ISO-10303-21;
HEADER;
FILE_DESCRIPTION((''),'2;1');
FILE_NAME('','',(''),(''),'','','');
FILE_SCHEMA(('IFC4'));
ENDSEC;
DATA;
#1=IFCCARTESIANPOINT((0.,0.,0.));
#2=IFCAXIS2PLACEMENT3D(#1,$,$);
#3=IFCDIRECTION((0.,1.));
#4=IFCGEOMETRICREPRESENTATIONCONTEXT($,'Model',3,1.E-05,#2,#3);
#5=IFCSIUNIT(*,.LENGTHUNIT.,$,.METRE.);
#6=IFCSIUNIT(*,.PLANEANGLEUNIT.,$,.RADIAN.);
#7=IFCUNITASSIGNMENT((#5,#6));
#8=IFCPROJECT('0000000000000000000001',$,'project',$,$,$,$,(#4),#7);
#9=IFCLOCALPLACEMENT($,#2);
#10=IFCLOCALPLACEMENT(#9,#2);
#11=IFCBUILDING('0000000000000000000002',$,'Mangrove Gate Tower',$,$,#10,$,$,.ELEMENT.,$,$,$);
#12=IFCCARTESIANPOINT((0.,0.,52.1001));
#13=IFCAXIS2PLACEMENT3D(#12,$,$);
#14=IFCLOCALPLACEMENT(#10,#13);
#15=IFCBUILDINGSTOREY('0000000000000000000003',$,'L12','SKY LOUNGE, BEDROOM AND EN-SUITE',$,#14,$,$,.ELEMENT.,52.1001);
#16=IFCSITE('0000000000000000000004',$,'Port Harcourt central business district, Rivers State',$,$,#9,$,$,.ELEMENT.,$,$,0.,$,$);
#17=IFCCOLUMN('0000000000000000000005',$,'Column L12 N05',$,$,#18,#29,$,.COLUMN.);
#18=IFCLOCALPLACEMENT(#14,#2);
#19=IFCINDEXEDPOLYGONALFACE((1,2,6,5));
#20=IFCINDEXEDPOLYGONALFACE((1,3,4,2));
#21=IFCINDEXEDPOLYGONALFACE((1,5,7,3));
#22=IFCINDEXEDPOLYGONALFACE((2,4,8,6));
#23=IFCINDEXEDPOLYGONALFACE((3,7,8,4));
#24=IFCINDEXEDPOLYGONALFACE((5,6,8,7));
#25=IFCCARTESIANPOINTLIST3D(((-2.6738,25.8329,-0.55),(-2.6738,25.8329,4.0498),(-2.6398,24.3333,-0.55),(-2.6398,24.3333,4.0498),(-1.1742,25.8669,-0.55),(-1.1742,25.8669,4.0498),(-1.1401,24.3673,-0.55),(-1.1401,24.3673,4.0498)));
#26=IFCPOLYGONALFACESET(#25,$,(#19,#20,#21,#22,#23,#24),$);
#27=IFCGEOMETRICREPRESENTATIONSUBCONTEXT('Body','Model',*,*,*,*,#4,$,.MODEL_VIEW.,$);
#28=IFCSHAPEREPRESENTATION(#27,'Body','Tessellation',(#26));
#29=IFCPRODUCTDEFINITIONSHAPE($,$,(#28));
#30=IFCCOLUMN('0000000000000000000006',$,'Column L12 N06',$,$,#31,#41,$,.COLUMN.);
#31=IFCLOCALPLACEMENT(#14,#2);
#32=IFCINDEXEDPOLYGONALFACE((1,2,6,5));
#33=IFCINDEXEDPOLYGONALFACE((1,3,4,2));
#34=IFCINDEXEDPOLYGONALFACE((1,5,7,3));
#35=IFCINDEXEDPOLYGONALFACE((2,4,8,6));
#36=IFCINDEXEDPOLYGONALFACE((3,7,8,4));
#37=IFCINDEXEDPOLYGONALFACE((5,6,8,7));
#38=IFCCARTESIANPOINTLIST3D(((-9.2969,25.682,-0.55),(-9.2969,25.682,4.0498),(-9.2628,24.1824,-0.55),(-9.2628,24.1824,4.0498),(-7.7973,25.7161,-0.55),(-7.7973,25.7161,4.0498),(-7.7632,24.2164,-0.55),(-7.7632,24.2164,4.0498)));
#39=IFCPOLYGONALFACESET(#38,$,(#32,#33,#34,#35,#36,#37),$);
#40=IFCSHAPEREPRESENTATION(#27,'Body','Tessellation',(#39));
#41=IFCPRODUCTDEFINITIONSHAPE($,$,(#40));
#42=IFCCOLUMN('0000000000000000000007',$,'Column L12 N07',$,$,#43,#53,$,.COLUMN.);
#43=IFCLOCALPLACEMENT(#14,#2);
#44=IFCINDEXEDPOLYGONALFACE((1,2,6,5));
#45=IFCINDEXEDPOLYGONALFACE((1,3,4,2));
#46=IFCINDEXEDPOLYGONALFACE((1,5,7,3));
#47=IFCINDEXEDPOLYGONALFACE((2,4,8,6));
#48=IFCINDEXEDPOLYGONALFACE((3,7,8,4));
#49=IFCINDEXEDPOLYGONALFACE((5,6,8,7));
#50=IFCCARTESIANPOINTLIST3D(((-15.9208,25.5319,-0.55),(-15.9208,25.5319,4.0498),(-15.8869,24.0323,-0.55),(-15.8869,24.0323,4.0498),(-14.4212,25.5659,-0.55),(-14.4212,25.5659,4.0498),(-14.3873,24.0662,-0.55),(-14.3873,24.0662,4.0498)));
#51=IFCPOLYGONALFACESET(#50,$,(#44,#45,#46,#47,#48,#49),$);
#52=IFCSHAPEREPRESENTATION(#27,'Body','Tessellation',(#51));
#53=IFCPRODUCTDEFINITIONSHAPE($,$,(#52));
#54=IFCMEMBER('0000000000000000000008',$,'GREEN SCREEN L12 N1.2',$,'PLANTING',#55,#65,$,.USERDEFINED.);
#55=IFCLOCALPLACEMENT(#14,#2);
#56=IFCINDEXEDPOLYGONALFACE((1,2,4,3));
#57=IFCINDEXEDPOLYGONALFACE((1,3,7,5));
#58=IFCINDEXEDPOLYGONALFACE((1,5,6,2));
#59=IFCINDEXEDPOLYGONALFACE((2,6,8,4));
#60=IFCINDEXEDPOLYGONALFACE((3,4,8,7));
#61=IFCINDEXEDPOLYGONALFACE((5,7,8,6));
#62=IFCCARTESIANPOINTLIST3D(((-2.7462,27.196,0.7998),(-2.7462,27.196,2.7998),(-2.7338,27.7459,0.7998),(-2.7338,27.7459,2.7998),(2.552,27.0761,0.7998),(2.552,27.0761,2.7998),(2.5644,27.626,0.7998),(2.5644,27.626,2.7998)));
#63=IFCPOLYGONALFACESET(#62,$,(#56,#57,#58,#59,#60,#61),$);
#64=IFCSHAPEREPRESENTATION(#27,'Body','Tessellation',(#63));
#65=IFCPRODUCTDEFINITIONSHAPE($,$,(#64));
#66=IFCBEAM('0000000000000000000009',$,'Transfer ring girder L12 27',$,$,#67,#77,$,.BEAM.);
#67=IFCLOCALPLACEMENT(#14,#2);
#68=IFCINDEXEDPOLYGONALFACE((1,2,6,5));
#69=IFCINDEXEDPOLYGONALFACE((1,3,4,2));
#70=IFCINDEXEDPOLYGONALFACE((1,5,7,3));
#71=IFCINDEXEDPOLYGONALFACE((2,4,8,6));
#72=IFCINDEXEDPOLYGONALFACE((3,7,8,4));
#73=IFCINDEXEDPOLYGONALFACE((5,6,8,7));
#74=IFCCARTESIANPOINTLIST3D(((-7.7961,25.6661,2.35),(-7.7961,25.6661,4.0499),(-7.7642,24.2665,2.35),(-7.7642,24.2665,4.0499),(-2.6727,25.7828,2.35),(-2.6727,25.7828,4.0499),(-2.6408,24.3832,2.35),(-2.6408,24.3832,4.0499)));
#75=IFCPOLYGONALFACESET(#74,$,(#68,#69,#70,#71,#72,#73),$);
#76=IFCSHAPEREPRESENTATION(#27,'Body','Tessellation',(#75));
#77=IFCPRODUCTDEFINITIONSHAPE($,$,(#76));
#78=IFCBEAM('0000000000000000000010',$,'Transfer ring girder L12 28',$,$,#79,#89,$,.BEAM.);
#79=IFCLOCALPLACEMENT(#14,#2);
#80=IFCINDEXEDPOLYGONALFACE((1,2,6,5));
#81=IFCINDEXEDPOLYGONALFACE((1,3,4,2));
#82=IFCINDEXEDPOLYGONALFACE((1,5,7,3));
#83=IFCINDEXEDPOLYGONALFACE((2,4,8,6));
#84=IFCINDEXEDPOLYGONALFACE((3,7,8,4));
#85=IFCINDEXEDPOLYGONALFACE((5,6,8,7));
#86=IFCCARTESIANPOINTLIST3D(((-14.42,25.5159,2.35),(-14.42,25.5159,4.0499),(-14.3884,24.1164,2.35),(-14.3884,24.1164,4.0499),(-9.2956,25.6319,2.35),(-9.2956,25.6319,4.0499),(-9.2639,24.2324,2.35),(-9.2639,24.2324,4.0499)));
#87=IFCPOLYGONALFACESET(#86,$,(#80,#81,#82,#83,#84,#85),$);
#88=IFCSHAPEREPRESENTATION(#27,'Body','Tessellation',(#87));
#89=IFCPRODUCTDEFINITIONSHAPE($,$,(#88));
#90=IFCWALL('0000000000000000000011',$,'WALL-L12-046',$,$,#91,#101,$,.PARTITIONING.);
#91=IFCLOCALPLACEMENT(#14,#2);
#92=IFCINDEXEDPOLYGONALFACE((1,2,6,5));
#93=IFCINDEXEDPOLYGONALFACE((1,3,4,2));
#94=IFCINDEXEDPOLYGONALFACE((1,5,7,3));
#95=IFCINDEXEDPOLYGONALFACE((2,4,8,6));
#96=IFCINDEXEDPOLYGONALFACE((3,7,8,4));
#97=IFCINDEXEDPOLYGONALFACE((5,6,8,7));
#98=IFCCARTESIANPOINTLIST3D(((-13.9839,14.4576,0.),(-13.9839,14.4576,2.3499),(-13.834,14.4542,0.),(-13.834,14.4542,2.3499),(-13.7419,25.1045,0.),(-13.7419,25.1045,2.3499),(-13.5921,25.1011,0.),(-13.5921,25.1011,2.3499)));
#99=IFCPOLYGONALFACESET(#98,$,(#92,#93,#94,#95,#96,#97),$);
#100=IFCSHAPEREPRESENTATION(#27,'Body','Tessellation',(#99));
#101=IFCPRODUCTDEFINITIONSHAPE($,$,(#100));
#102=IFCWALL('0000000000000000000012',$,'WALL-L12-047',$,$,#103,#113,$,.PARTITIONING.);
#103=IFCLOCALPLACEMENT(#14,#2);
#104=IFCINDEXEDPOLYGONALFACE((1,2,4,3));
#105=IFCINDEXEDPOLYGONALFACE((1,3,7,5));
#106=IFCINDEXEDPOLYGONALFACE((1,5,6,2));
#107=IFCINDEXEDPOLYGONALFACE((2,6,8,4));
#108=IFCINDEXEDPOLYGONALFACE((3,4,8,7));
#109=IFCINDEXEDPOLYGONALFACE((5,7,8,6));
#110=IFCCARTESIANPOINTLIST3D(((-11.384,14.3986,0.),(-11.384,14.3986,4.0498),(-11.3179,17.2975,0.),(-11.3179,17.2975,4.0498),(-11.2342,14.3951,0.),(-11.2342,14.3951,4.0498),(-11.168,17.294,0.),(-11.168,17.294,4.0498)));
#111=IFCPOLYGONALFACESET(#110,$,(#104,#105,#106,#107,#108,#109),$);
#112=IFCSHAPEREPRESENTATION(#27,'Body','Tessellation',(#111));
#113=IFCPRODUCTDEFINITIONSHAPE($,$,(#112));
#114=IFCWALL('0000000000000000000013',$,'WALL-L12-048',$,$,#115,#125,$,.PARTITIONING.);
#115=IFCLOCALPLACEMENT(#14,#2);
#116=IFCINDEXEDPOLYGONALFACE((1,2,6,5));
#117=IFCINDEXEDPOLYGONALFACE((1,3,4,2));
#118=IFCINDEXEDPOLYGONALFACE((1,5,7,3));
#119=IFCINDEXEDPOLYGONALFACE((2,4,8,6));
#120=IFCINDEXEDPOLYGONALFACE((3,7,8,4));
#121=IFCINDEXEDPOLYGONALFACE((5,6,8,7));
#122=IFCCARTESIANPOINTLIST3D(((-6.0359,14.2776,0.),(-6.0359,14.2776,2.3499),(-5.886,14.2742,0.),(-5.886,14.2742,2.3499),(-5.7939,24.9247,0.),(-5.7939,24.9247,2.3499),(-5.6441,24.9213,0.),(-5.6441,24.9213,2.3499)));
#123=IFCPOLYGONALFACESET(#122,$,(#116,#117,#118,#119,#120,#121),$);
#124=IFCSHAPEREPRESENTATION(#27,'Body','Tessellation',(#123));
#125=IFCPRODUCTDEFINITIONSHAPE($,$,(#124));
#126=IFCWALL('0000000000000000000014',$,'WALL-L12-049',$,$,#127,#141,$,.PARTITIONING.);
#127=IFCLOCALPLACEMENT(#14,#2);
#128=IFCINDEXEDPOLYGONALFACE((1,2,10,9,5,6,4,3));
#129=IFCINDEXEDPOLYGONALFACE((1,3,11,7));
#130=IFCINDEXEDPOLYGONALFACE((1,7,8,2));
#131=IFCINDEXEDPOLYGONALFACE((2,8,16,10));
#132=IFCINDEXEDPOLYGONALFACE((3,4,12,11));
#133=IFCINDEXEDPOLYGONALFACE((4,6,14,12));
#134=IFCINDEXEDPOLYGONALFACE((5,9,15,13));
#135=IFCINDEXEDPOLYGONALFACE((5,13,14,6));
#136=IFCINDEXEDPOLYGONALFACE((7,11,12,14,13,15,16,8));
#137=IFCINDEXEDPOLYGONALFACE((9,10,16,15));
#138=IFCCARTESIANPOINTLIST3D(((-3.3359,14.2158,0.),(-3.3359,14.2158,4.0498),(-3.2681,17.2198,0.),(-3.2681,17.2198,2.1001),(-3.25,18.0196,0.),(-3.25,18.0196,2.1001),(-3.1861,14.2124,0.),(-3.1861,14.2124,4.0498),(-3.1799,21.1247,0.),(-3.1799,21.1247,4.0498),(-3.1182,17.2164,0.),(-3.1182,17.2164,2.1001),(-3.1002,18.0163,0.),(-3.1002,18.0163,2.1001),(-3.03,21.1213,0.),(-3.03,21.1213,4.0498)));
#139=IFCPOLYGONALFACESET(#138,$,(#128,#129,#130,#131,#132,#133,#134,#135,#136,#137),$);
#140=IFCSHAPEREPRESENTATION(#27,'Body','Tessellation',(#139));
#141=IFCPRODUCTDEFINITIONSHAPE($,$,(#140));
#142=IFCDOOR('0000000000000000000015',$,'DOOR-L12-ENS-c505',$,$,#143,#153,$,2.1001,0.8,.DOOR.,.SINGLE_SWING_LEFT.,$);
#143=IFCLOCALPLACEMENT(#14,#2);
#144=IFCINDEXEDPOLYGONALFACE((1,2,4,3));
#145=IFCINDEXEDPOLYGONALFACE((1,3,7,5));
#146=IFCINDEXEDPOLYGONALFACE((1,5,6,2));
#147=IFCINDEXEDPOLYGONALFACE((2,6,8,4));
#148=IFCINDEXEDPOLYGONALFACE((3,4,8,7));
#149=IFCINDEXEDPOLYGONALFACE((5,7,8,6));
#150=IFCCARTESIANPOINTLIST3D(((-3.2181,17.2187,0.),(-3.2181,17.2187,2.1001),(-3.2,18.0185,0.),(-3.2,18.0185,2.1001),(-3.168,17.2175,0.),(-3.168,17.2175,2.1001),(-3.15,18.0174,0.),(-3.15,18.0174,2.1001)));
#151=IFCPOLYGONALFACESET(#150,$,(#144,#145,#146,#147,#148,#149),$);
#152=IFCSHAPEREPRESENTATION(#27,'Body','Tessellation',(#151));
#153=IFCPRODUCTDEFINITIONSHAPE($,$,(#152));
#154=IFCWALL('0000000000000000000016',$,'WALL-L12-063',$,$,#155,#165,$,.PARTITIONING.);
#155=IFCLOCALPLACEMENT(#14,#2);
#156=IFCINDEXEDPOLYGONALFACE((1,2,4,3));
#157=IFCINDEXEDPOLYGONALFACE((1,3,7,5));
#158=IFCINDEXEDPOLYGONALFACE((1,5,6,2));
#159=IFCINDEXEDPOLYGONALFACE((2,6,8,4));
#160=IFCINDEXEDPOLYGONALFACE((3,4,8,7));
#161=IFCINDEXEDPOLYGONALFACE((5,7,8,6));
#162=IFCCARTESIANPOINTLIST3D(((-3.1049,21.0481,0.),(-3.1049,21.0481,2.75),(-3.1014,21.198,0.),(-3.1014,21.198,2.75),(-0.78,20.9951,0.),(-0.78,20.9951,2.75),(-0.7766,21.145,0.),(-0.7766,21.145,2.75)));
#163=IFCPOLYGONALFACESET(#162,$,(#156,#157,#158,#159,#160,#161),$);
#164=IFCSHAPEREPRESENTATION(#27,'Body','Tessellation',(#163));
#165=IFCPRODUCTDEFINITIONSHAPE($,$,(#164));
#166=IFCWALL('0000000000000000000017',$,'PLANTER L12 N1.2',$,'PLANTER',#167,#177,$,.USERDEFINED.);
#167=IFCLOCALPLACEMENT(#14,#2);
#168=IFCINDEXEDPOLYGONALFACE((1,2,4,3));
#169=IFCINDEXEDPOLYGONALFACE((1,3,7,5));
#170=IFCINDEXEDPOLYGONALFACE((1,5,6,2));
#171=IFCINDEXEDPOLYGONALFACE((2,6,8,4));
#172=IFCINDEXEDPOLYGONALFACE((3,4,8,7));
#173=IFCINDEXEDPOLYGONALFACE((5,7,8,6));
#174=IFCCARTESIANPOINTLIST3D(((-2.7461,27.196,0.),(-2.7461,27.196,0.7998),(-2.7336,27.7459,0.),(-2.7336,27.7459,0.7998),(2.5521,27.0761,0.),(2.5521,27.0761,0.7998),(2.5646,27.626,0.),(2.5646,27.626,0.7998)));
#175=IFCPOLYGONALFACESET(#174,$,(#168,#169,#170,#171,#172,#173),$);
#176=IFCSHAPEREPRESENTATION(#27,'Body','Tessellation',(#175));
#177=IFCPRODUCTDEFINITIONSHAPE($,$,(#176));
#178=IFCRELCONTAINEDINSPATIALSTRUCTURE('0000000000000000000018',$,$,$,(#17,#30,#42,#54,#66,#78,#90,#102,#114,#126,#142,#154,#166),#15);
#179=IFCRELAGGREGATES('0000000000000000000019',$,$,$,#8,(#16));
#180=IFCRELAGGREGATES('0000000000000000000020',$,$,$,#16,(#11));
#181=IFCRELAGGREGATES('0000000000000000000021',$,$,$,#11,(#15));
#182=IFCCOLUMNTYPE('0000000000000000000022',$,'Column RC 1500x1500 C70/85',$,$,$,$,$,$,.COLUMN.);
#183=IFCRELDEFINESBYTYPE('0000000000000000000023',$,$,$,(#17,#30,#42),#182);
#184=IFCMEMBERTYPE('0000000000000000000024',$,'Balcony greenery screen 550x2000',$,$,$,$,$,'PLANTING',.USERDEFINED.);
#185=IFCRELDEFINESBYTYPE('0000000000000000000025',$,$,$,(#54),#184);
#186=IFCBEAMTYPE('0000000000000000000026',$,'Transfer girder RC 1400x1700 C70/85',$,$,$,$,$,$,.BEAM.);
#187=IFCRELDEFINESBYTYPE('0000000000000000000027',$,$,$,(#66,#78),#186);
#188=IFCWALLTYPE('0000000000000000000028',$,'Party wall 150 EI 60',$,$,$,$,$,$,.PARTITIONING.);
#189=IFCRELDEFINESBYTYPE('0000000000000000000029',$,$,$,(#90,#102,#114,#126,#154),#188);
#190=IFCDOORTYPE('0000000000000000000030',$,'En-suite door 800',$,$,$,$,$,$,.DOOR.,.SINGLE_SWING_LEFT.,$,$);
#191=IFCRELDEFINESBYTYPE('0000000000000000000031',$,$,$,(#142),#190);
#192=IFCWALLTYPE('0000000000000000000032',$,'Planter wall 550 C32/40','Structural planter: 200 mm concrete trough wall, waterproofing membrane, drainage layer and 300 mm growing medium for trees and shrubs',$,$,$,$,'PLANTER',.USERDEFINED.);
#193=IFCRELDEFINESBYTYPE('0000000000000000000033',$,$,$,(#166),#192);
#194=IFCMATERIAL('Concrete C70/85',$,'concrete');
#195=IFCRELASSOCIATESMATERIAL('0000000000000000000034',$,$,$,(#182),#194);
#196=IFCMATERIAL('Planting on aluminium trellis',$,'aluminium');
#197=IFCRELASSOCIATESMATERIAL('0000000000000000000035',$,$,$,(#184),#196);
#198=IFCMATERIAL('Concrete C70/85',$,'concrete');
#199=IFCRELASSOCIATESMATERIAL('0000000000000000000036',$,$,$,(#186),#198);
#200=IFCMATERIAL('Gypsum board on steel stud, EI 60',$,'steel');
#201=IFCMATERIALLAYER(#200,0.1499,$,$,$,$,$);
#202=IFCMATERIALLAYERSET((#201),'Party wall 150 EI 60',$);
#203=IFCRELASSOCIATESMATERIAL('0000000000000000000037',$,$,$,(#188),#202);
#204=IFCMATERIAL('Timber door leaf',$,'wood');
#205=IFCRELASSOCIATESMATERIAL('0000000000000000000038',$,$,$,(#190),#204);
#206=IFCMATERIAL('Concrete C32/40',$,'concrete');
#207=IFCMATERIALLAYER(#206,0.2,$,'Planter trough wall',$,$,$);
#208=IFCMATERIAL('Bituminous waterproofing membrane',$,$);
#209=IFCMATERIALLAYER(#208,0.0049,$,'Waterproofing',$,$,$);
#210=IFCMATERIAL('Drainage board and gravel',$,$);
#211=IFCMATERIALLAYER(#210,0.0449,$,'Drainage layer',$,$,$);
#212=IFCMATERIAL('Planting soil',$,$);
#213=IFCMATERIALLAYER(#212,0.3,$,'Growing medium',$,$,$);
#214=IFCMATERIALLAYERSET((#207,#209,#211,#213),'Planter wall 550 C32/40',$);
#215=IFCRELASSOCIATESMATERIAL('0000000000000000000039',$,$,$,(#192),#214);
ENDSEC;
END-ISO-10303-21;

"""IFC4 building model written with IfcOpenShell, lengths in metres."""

from ifc_helpers import new_model, si_unit, direction, frame, frame_2d, origin, origin_2d, place, context, subcontext, project, spatial, rectangle, extrude, material, layer, layer_set, material_profile, profile_set, type_object, element, fill, save


model = new_model("IFC4")

# Units and contexts
model_context = context("Model", 3, precision=1e-05, world=origin(), true_north=direction((0.0, 1.0)))
body_context = subcontext(model_context, "Body", "Model", "MODEL_VIEW")
ifc_project = project(units=[si_unit("LENGTHUNIT", "METRE"), si_unit("PLANEANGLEUNIT", "RADIAN")], contexts=[model_context])

# Site, building, storey
site_placement = place(None, origin())
site = spatial("IfcSite", under=ifc_project, at=site_placement, Name="Port Harcourt central business district, Rivers State", CompositionType="ELEMENT", RefElevation=0.0)
building_placement = place(site_placement, origin())
building = spatial("IfcBuilding", under=site, at=building_placement, Name="Mangrove Gate Tower", CompositionType="ELEMENT")
storey_placement = place(building_placement, frame((0.0, 0.0, 52.1001)))
storey = spatial("IfcBuildingStorey", under=building, at=storey_placement, Name="L12", Description="SKY LOUNGE, BEDROOM AND EN-SUITE", CompositionType="ELEMENT", Elevation=52.1001)

# Columns
ifc_material_1 = material(Name="Concrete C70/85", Category="concrete")
ifc_material_profile_1 = material_profile(ifc_material_1, rectangle(XDim=1.5, YDim=1.5, at=origin_2d()))
ifc_profile_set_1 = profile_set([ifc_material_profile_1], Name="Concrete C70/85")
column_type = type_object("IfcColumnType", Name="Column RC 1500x1500 C70/85", PredefinedType="COLUMN", material=ifc_profile_set_1)
for number, where, z_axis, x_axis, name in (
    (1, (-1.907, 25.1001, -0.55), (0.0, 0.0, 1.0), (-0.999742, -0.022718, 0.0), "Column L12 N05"),
    (2, (-8.53, 24.9492, -0.55), (0.0, 0.0, 1.0), (-0.999742, -0.022716, 0.0), "Column L12 N06"),
    (3, (-15.1541, 24.7991, -0.55), (0.0, 0.0, 1.0), (-0.999744, -0.022641, 0.0), "Column L12 N07"),
):
    element("IfcColumn", number, at=place(storey_placement, frame(where, z_axis=z_axis, x_axis=x_axis)), inside=storey, type_object=column_type, Name=name, PredefinedType="COLUMN", context=body_context, shape_type="SweptSolid", body=[
        extrude(rectangle(XDim=1.5, YDim=1.5, at=origin_2d()), origin(), (0.0, 0.0, 1.0), 4.5999),
    ])

# Member
ifc_material_2 = material(Name="Planting on aluminium trellis", Category="aluminium")
ifc_material_profile_2 = material_profile(ifc_material_2, rectangle(XDim=0.55, YDim=2.0, at=origin_2d()))
ifc_profile_set_2 = profile_set([ifc_material_profile_2], Name="Planting on aluminium trellis")
member_type = type_object("IfcMemberType", Name="Balcony greenery screen 550x2000", ElementType="PLANTING", PredefinedType="USERDEFINED", material=ifc_profile_set_2)
member_placement = place(storey_placement, frame((-2.74, 27.4709, 1.7998), z_axis=(0.999744, -0.02262, 0.0), x_axis=(0.02262, 0.999744, 0.0)))
element("IfcMember", 4, at=member_placement, inside=storey, type_object=member_type, Name="GREEN SCREEN L12 N1.2", ObjectType="PLANTING", PredefinedType="USERDEFINED", context=body_context, shape_type="SweptSolid", body=[
    extrude(rectangle(XDim=0.55, YDim=2.0, at=origin_2d()), origin(), (0.0, 0.0, 1.0), 5.2996),
])

# Beams
ifc_material_3 = material(Name="Concrete C70/85", Category="concrete")
ifc_material_profile_3 = material_profile(ifc_material_3, rectangle(XDim=1.3999, YDim=1.7, at=origin_2d()))
ifc_profile_set_3 = profile_set([ifc_material_profile_3], Name="Concrete C70/85")
beam_type = type_object("IfcBeamType", Name="Transfer girder RC 1400x1700 C70/85", PredefinedType="BEAM", material=ifc_profile_set_3)
beam_1_placement = place(storey_placement, frame((-2.6567, 25.083, 3.2), z_axis=(-0.999741, -0.022771, 0.0), x_axis=(0.022771, -0.999741, 0.0)))
element("IfcBeam", 5, at=beam_1_placement, inside=storey, type_object=beam_type, Name="Transfer ring girder L12 27", PredefinedType="BEAM", context=body_context, shape_type="SweptSolid", body=[
    extrude(rectangle(XDim=1.3999, YDim=1.7, at=origin_2d()), origin(), (0.0, 0.0, 1.0), 5.1248),
])
beam_2_placement = place(storey_placement, frame((-9.2798, 24.9321, 3.2), z_axis=(-0.999744, -0.022624, 0.0), x_axis=(0.022624, -0.999744, 0.0)))
element("IfcBeam", 6, at=beam_2_placement, inside=storey, type_object=beam_type, Name="Transfer ring girder L12 28", PredefinedType="BEAM", context=body_context, shape_type="SweptSolid", body=[
    extrude(rectangle(XDim=1.3999, YDim=1.7, at=origin_2d()), origin(), (0.0, 0.0, 1.0), 5.1257),
])

# Walls
ifc_material_4 = material(Name="Gypsum board on steel stud, EI 60", Category="steel")
ifc_layer_1 = layer(ifc_material_4, 0.1499)
ifc_layer_set_1 = layer_set([ifc_layer_1], Name="Party wall 150 EI 60")
wall_type_1 = type_object("IfcWallType", Name="Party wall 150 EI 60", PredefinedType="PARTITIONING", material=ifc_layer_set_1)
wall_1_placement = place(storey_placement, frame((-13.9089, 14.4561, 0.0), z_axis=(0.0, 0.0, 1.0), x_axis=(0.022718, 0.999742, 0.0)))
element("IfcWall", 7, at=wall_1_placement, inside=storey, type_object=wall_type_1, Name="WALL-L12-046", PredefinedType="PARTITIONING", context=body_context, shape_type="SweptSolid", body=[
    extrude(rectangle(XDim=10.6497, YDim=0.1499, at=frame_2d((5.3247, 0.0))), origin(), (0.0, 0.0, 1.0), 2.3499),
])
wall_2_placement = place(storey_placement, frame((-11.3091, 14.397, 0.0), z_axis=(0.0, 0.0, 1.0), x_axis=(0.022817, 0.99974, 0.0)))
element("IfcWall", 8, at=wall_2_placement, inside=storey, type_object=wall_type_1, Name="WALL-L12-047", PredefinedType="PARTITIONING", context=body_context, shape_type="SweptSolid", body=[
    extrude(rectangle(XDim=2.8997, YDim=0.1499, at=frame_2d((1.4497, 0.0))), origin(), (0.0, 0.0, 1.0), 4.0498),
])
wall_3_placement = place(storey_placement, frame((-5.9609, 14.2759, 0.0), z_axis=(0.0, 0.0, 1.0), x_axis=(0.022718, 0.999742, 0.0)))
element("IfcWall", 9, at=wall_3_placement, inside=storey, type_object=wall_type_1, Name="WALL-L12-048", PredefinedType="PARTITIONING", context=body_context, shape_type="SweptSolid", body=[
    extrude(rectangle(XDim=10.6499, YDim=0.1499, at=frame_2d((5.325, 0.0))), origin(), (0.0, 0.0, 1.0), 2.3499),
])

# Wall, opening, door
wall_4_placement = place(storey_placement, frame((-3.261, 14.2141, 0.0), z_axis=(0.0, 0.0, 1.0), x_axis=(0.022575, 0.999745, 0.0)))
wall_4 = element("IfcWall", 10, at=wall_4_placement, inside=storey, type_object=wall_type_1, Name="WALL-L12-049", PredefinedType="PARTITIONING", context=body_context, shape_type="SweptSolid", body=[
    extrude(rectangle(XDim=6.9106, YDim=0.1499, at=frame_2d((3.4553, 0.0))), origin(), (0.0, 0.0, 1.0), 4.0498),
])
opening_placement = place(wall_4_placement, frame((3.0049, 0.0, 0.0)))
opening = element("IfcOpeningElement", 11, at=opening_placement, cuts=wall_4, PredefinedType="OPENING", context=body_context, shape_type="SweptSolid", body=[
    extrude(rectangle(XDim=0.8, YDim=2.1001, at=frame_2d((0.3999, 1.05))), frame((0.0, 0.085, 0.0), z_axis=(0.0, -1.0, 0.0), x_axis=(1.0, 0.0, 0.0)), (0.0, 0.0, 1.0), 0.1699),
])
ifc_material_5 = material(Name="Timber door leaf", Category="wood")
door_type = type_object("IfcDoorType", Name="En-suite door 800", OperationType="SINGLE_SWING_LEFT", PredefinedType="DOOR", material=ifc_material_5)
door_placement = place(opening_placement, origin())
door = element("IfcDoor", 12, at=door_placement, inside=storey, type_object=door_type, Name="DOOR-L12-ENS-c505", OperationType="SINGLE_SWING_LEFT", OverallHeight=2.1001, OverallWidth=0.8, PredefinedType="DOOR", context=body_context, shape_type="SweptSolid", body=[
    extrude(rectangle(XDim=0.8, YDim=2.1001, at=frame_2d((0.3999, 1.05))), frame((0.0, 0.0249, 0.0), z_axis=(0.0, -1.0, 0.0), x_axis=(1.0, 0.0, 0.0)), (0.0, 0.0, 1.0), 0.05),
])
fill(opening, door)

# Walls
wall_5_placement = place(storey_placement, frame((-3.103, 21.123, 0.0), z_axis=(0.0, 0.0, 1.0), x_axis=(0.99974, -0.022781, 0.0)))
element("IfcWall", 13, at=wall_5_placement, inside=storey, type_object=wall_type_1, Name="WALL-L12-063", PredefinedType="PARTITIONING", context=body_context, shape_type="SweptSolid", body=[
    extrude(rectangle(XDim=2.3254, YDim=0.1499, at=frame_2d((1.1626, 0.0))), origin(), (0.0, 0.0, 1.0), 2.75),
])
ifc_material_6 = material(Name="Concrete C32/40", Category="concrete")
ifc_layer_2 = layer(ifc_material_6, 0.2, Name="Planter trough wall")
ifc_material_7 = material(Name="Bituminous waterproofing membrane")
ifc_layer_3 = layer(ifc_material_7, 0.0049, Name="Waterproofing")
ifc_material_8 = material(Name="Drainage board and gravel")
ifc_layer_4 = layer(ifc_material_8, 0.0449, Name="Drainage layer")
ifc_material_9 = material(Name="Planting soil")
ifc_layer_5 = layer(ifc_material_9, 0.3, Name="Growing medium")
ifc_layer_set_2 = layer_set([ifc_layer_2, ifc_layer_3, ifc_layer_4, ifc_layer_5], Name="Planter wall 550 C32/40")
wall_type_2 = type_object("IfcWallType", Name="Planter wall 550 C32/40", Description="Structural planter: 200 mm concrete trough wall, waterproofing membrane, drainage layer and 300 mm growing medium for trees and shrubs", ElementType="PLANTER", PredefinedType="USERDEFINED", material=ifc_layer_set_2)
wall_6_placement = place(storey_placement, frame((-2.74, 27.4709, 0.0), z_axis=(0.0, 0.0, 1.0), x_axis=(0.999744, -0.02262, 0.0)))
element("IfcWall", 14, at=wall_6_placement, inside=storey, type_object=wall_type_2, Name="PLANTER L12 N1.2", ObjectType="PLANTER", PredefinedType="USERDEFINED", context=body_context, shape_type="SweptSolid", body=[
    extrude(rectangle(XDim=5.2996, YDim=0.55, at=frame_2d((2.6499, 0.0))), origin(), (0.0, 0.0, 1.0), 0.7998),
])

save(model, "model.ifc")
